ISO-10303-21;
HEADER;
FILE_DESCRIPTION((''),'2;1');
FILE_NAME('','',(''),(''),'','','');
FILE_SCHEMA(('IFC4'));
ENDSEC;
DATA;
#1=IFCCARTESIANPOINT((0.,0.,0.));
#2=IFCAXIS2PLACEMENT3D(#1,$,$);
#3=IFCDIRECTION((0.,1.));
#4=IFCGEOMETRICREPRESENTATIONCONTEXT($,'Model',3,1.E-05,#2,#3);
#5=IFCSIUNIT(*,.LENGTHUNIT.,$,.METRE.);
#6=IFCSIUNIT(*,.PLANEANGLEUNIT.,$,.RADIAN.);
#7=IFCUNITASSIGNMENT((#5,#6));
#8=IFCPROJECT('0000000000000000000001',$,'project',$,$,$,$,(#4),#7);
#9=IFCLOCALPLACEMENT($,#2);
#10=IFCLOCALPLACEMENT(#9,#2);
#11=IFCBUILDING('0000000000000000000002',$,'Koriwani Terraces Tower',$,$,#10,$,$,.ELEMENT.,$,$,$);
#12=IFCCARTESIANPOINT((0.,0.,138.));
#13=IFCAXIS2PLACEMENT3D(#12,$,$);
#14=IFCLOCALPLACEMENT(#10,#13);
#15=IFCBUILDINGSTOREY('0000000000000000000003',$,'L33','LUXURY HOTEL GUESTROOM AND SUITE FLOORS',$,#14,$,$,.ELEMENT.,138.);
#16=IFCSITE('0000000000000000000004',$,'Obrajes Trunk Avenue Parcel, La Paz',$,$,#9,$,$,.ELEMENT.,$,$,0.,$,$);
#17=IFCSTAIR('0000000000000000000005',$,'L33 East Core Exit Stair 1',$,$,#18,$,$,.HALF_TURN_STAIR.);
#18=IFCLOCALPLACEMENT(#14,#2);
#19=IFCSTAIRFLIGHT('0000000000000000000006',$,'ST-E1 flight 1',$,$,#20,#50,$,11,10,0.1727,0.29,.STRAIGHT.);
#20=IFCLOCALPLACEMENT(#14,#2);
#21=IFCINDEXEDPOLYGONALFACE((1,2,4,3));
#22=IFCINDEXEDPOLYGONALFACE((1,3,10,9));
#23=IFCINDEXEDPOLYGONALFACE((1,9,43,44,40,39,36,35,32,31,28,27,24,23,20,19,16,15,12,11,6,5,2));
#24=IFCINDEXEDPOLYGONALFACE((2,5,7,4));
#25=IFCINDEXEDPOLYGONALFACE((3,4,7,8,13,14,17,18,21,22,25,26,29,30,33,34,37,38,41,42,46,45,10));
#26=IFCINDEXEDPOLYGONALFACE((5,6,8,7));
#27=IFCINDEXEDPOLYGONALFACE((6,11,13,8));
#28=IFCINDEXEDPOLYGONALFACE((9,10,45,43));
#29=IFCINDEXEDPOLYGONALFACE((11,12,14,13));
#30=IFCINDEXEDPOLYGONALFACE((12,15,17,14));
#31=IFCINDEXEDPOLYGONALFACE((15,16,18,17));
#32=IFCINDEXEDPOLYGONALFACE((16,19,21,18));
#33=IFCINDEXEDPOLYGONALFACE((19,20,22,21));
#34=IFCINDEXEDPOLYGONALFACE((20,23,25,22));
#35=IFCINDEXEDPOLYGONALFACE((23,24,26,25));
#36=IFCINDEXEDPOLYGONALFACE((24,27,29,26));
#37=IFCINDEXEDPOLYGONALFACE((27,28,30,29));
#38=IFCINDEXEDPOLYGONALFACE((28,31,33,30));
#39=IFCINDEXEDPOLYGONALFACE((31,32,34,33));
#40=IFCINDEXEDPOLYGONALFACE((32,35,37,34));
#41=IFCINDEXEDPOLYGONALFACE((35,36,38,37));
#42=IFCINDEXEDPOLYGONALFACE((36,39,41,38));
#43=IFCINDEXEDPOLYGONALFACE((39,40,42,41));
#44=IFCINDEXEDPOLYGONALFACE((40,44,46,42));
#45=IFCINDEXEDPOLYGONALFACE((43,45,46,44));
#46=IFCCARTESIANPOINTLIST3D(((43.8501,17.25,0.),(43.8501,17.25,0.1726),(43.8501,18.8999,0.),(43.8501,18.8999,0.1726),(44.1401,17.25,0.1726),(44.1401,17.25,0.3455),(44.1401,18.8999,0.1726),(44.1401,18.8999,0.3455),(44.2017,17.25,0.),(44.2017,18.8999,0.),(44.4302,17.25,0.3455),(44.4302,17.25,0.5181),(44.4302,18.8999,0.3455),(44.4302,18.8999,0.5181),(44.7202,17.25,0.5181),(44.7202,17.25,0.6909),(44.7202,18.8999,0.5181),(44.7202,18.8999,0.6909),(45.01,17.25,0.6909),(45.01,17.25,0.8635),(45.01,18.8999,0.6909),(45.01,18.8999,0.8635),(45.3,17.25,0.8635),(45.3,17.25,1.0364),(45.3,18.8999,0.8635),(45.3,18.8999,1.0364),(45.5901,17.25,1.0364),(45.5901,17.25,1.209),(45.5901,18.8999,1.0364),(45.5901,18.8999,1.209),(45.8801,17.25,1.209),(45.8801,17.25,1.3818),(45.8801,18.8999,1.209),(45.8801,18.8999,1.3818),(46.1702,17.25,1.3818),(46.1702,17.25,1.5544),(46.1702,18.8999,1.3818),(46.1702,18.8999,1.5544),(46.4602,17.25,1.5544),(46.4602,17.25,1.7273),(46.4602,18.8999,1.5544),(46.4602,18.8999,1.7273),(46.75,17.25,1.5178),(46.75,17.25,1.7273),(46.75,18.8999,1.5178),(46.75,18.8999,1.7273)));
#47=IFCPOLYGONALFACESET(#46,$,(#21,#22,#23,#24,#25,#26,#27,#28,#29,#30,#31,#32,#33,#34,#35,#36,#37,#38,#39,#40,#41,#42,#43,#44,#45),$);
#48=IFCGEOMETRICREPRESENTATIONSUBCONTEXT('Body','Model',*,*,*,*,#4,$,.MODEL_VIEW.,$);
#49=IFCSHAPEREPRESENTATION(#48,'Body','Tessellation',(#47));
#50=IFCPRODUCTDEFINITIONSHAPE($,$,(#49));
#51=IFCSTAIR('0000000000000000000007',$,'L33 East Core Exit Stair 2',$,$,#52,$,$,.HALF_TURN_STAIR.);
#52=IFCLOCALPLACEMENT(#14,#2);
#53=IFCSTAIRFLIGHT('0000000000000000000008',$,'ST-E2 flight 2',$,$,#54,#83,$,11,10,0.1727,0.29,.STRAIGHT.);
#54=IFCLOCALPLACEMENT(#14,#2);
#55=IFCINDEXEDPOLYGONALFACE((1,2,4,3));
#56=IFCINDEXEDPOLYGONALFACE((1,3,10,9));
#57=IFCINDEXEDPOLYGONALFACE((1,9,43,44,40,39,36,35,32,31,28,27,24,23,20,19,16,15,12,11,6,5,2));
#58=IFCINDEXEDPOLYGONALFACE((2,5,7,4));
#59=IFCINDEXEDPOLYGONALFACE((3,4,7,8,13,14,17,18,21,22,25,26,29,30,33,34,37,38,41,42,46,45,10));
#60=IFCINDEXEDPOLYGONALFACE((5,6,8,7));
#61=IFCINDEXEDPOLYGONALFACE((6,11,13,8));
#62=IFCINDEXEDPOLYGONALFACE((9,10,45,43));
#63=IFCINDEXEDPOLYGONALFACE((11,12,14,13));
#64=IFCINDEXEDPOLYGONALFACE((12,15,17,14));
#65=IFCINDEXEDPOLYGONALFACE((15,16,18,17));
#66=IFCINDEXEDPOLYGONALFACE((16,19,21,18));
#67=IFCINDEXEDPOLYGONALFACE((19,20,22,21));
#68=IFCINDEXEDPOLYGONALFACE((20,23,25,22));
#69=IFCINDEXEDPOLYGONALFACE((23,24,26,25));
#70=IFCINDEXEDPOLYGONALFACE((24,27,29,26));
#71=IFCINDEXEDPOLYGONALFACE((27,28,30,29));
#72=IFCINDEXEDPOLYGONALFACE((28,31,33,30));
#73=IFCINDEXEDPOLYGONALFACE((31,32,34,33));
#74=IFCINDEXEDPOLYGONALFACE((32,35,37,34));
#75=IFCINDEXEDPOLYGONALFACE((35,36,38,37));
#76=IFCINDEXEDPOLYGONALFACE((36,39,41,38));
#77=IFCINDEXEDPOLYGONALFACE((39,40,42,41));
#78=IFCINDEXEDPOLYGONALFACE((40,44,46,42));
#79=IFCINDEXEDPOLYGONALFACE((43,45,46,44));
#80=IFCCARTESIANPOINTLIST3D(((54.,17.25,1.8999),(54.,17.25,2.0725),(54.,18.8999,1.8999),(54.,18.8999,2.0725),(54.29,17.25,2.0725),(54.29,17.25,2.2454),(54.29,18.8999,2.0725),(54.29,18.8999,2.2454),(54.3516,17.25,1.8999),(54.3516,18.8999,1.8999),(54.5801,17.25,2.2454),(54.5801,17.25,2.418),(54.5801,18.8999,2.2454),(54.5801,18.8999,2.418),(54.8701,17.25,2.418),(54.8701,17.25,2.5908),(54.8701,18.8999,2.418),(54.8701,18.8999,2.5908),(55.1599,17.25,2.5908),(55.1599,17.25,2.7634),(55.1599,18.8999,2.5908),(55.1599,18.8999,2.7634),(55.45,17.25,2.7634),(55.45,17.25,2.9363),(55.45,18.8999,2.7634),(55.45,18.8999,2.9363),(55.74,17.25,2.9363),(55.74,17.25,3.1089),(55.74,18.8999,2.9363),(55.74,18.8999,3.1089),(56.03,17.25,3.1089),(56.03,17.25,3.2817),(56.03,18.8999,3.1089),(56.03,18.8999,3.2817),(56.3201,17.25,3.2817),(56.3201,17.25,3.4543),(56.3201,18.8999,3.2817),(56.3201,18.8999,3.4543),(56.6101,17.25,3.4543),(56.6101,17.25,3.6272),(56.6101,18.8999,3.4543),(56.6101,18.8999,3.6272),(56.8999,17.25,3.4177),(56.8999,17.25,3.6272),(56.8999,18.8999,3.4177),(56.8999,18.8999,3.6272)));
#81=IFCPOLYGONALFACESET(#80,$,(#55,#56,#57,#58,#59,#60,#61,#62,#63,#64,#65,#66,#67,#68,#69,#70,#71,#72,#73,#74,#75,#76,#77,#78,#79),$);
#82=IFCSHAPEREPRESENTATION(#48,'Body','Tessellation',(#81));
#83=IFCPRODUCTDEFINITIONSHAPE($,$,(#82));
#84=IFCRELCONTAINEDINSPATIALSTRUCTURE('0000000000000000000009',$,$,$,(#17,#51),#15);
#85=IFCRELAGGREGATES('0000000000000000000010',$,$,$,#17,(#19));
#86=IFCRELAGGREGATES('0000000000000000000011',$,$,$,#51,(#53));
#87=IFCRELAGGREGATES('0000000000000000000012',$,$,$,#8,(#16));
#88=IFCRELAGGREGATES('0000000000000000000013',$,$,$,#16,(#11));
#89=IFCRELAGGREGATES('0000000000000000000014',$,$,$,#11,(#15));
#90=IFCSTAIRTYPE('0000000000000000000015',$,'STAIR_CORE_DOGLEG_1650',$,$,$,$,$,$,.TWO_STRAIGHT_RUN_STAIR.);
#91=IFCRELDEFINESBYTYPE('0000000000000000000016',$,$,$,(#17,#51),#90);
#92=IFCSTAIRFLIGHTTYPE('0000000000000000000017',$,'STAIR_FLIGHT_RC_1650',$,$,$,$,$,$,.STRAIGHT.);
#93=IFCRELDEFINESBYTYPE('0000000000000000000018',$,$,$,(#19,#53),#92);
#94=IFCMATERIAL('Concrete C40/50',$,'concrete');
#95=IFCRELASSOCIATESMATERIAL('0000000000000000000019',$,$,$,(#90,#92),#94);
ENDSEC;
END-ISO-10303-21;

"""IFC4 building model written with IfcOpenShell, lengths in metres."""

from ifc_helpers import new_model, si_unit, direction, frame, origin, place, context, subcontext, project, spatial, polyline, outline, extrude, material, type_object, element, aggregate, save


model = new_model("IFC4")

# Units and contexts
model_context = context("Model", 3, precision=1e-05, world=origin(), true_north=direction((0.0, 1.0)))
body_context = subcontext(model_context, "Body", "Model", "MODEL_VIEW")
ifc_project = project(units=[si_unit("LENGTHUNIT", "METRE"), si_unit("PLANEANGLEUNIT", "RADIAN")], contexts=[model_context])

# Site, building, storey
site_placement = place(None, origin())
site = spatial("IfcSite", under=ifc_project, at=site_placement, Name="Obrajes Trunk Avenue Parcel, La Paz", CompositionType="ELEMENT", RefElevation=0.0)
building_placement = place(site_placement, origin())
building = spatial("IfcBuilding", under=site, at=building_placement, Name="Koriwani Terraces Tower", CompositionType="ELEMENT")
storey_placement = place(building_placement, frame((0.0, 0.0, 138.0)))
storey = spatial("IfcBuildingStorey", under=building, at=storey_placement, Name="L33", Description="LUXURY HOTEL GUESTROOM AND SUITE FLOORS", CompositionType="ELEMENT", Elevation=138.0)

# Shared definitions
ifc_material_1 = material(Name="Concrete C40/50", Category="concrete")

# Stairs, stair flights
stair_type = type_object("IfcStairType", Name="STAIR_CORE_DOGLEG_1650", PredefinedType="TWO_STRAIGHT_RUN_STAIR", material=ifc_material_1)
stair_1_placement = place(storey_placement, origin())
stair_1 = element("IfcStair", 1, at=stair_1_placement, inside=storey, type_object=stair_type, Name="L33 East Core Exit Stair 1", PredefinedType="HALF_TURN_STAIR")
stair_flight_type = type_object("IfcStairFlightType", Name="STAIR_FLIGHT_RC_1650", PredefinedType="STRAIGHT", material=ifc_material_1)
stair_flight_1_placement = place(storey_placement, frame((43.8501, 18.075, 0.0), z_axis=(0.0, 0.0, 1.0), x_axis=(1.0, 0.0, 0.0)))
stair_flight_1 = element("IfcStairFlight", 2, at=stair_flight_1_placement, type_object=stair_flight_type, Name="ST-E1 flight 1", NumberOfRisers=11, NumberOfTreads=10, PredefinedType="STRAIGHT", RiserHeight=0.1727, TreadLength=0.29, context=body_context, shape_type="SweptSolid", body=[
    extrude(outline(polyline([(0.0, 0.0), (0.0, 0.1726), (0.29, 0.1726), (0.29, 0.3455), (0.5801, 0.3455), (0.5801, 0.5181), (0.8701, 0.5181), (0.8701, 0.6909), (1.1599, 0.6909), (1.1599, 0.8635), (1.45, 0.8635), (1.45, 1.0364), (1.74, 1.0364), (1.74, 1.209), (2.03, 1.209), (2.03, 1.3818), (2.3201, 1.3818), (2.3201, 1.5544), (2.6101, 1.5544), (2.6101, 1.7273), (2.8999, 1.7273), (2.8999, 1.8999), (2.8999, 1.5178), (0.3516, 0.0), (0.0, 0.0)])), frame((0.0, 0.825, 0.0), z_axis=(0.0, -1.0, 0.0), x_axis=(1.0, 0.0, 0.0)), (0.0, 0.0, 1.0), 1.6499),
])
aggregate(stair_1, [stair_flight_1])
stair_2_placement = place(storey_placement, origin())
stair_2 = element("IfcStair", 3, at=stair_2_placement, inside=storey, type_object=stair_type, Name="L33 East Core Exit Stair 2", PredefinedType="HALF_TURN_STAIR")
stair_flight_2_placement = place(storey_placement, frame((54.0, 18.075, 1.8999), z_axis=(0.0, 0.0, 1.0), x_axis=(1.0, 0.0, 0.0)))
stair_flight_2 = element("IfcStairFlight", 4, at=stair_flight_2_placement, type_object=stair_flight_type, Name="ST-E2 flight 2", NumberOfRisers=11, NumberOfTreads=10, PredefinedType="STRAIGHT", RiserHeight=0.1727, TreadLength=0.29, context=body_context, shape_type="SweptSolid", body=[
    extrude(outline(polyline([(0.0, 0.0), (0.0, 0.1726), (0.29, 0.1726), (0.29, 0.3455), (0.5801, 0.3455), (0.5801, 0.5181), (0.8701, 0.5181), (0.8701, 0.6909), (1.1599, 0.6909), (1.1599, 0.8635), (1.45, 0.8635), (1.45, 1.0364), (1.74, 1.0364), (1.74, 1.209), (2.03, 1.209), (2.03, 1.3818), (2.3201, 1.3818), (2.3201, 1.5544), (2.6101, 1.5544), (2.6101, 1.7273), (2.8999, 1.7273), (2.8999, 1.8999), (2.8999, 1.5178), (0.3516, 0.0), (0.0, 0.0)])), frame((0.0, 0.825, 0.0), z_axis=(0.0, -1.0, 0.0), x_axis=(1.0, 0.0, 0.0)), (0.0, 0.0, 1.0), 1.6499),
])
aggregate(stair_2, [stair_flight_2])

save(model, "model.ifc")
